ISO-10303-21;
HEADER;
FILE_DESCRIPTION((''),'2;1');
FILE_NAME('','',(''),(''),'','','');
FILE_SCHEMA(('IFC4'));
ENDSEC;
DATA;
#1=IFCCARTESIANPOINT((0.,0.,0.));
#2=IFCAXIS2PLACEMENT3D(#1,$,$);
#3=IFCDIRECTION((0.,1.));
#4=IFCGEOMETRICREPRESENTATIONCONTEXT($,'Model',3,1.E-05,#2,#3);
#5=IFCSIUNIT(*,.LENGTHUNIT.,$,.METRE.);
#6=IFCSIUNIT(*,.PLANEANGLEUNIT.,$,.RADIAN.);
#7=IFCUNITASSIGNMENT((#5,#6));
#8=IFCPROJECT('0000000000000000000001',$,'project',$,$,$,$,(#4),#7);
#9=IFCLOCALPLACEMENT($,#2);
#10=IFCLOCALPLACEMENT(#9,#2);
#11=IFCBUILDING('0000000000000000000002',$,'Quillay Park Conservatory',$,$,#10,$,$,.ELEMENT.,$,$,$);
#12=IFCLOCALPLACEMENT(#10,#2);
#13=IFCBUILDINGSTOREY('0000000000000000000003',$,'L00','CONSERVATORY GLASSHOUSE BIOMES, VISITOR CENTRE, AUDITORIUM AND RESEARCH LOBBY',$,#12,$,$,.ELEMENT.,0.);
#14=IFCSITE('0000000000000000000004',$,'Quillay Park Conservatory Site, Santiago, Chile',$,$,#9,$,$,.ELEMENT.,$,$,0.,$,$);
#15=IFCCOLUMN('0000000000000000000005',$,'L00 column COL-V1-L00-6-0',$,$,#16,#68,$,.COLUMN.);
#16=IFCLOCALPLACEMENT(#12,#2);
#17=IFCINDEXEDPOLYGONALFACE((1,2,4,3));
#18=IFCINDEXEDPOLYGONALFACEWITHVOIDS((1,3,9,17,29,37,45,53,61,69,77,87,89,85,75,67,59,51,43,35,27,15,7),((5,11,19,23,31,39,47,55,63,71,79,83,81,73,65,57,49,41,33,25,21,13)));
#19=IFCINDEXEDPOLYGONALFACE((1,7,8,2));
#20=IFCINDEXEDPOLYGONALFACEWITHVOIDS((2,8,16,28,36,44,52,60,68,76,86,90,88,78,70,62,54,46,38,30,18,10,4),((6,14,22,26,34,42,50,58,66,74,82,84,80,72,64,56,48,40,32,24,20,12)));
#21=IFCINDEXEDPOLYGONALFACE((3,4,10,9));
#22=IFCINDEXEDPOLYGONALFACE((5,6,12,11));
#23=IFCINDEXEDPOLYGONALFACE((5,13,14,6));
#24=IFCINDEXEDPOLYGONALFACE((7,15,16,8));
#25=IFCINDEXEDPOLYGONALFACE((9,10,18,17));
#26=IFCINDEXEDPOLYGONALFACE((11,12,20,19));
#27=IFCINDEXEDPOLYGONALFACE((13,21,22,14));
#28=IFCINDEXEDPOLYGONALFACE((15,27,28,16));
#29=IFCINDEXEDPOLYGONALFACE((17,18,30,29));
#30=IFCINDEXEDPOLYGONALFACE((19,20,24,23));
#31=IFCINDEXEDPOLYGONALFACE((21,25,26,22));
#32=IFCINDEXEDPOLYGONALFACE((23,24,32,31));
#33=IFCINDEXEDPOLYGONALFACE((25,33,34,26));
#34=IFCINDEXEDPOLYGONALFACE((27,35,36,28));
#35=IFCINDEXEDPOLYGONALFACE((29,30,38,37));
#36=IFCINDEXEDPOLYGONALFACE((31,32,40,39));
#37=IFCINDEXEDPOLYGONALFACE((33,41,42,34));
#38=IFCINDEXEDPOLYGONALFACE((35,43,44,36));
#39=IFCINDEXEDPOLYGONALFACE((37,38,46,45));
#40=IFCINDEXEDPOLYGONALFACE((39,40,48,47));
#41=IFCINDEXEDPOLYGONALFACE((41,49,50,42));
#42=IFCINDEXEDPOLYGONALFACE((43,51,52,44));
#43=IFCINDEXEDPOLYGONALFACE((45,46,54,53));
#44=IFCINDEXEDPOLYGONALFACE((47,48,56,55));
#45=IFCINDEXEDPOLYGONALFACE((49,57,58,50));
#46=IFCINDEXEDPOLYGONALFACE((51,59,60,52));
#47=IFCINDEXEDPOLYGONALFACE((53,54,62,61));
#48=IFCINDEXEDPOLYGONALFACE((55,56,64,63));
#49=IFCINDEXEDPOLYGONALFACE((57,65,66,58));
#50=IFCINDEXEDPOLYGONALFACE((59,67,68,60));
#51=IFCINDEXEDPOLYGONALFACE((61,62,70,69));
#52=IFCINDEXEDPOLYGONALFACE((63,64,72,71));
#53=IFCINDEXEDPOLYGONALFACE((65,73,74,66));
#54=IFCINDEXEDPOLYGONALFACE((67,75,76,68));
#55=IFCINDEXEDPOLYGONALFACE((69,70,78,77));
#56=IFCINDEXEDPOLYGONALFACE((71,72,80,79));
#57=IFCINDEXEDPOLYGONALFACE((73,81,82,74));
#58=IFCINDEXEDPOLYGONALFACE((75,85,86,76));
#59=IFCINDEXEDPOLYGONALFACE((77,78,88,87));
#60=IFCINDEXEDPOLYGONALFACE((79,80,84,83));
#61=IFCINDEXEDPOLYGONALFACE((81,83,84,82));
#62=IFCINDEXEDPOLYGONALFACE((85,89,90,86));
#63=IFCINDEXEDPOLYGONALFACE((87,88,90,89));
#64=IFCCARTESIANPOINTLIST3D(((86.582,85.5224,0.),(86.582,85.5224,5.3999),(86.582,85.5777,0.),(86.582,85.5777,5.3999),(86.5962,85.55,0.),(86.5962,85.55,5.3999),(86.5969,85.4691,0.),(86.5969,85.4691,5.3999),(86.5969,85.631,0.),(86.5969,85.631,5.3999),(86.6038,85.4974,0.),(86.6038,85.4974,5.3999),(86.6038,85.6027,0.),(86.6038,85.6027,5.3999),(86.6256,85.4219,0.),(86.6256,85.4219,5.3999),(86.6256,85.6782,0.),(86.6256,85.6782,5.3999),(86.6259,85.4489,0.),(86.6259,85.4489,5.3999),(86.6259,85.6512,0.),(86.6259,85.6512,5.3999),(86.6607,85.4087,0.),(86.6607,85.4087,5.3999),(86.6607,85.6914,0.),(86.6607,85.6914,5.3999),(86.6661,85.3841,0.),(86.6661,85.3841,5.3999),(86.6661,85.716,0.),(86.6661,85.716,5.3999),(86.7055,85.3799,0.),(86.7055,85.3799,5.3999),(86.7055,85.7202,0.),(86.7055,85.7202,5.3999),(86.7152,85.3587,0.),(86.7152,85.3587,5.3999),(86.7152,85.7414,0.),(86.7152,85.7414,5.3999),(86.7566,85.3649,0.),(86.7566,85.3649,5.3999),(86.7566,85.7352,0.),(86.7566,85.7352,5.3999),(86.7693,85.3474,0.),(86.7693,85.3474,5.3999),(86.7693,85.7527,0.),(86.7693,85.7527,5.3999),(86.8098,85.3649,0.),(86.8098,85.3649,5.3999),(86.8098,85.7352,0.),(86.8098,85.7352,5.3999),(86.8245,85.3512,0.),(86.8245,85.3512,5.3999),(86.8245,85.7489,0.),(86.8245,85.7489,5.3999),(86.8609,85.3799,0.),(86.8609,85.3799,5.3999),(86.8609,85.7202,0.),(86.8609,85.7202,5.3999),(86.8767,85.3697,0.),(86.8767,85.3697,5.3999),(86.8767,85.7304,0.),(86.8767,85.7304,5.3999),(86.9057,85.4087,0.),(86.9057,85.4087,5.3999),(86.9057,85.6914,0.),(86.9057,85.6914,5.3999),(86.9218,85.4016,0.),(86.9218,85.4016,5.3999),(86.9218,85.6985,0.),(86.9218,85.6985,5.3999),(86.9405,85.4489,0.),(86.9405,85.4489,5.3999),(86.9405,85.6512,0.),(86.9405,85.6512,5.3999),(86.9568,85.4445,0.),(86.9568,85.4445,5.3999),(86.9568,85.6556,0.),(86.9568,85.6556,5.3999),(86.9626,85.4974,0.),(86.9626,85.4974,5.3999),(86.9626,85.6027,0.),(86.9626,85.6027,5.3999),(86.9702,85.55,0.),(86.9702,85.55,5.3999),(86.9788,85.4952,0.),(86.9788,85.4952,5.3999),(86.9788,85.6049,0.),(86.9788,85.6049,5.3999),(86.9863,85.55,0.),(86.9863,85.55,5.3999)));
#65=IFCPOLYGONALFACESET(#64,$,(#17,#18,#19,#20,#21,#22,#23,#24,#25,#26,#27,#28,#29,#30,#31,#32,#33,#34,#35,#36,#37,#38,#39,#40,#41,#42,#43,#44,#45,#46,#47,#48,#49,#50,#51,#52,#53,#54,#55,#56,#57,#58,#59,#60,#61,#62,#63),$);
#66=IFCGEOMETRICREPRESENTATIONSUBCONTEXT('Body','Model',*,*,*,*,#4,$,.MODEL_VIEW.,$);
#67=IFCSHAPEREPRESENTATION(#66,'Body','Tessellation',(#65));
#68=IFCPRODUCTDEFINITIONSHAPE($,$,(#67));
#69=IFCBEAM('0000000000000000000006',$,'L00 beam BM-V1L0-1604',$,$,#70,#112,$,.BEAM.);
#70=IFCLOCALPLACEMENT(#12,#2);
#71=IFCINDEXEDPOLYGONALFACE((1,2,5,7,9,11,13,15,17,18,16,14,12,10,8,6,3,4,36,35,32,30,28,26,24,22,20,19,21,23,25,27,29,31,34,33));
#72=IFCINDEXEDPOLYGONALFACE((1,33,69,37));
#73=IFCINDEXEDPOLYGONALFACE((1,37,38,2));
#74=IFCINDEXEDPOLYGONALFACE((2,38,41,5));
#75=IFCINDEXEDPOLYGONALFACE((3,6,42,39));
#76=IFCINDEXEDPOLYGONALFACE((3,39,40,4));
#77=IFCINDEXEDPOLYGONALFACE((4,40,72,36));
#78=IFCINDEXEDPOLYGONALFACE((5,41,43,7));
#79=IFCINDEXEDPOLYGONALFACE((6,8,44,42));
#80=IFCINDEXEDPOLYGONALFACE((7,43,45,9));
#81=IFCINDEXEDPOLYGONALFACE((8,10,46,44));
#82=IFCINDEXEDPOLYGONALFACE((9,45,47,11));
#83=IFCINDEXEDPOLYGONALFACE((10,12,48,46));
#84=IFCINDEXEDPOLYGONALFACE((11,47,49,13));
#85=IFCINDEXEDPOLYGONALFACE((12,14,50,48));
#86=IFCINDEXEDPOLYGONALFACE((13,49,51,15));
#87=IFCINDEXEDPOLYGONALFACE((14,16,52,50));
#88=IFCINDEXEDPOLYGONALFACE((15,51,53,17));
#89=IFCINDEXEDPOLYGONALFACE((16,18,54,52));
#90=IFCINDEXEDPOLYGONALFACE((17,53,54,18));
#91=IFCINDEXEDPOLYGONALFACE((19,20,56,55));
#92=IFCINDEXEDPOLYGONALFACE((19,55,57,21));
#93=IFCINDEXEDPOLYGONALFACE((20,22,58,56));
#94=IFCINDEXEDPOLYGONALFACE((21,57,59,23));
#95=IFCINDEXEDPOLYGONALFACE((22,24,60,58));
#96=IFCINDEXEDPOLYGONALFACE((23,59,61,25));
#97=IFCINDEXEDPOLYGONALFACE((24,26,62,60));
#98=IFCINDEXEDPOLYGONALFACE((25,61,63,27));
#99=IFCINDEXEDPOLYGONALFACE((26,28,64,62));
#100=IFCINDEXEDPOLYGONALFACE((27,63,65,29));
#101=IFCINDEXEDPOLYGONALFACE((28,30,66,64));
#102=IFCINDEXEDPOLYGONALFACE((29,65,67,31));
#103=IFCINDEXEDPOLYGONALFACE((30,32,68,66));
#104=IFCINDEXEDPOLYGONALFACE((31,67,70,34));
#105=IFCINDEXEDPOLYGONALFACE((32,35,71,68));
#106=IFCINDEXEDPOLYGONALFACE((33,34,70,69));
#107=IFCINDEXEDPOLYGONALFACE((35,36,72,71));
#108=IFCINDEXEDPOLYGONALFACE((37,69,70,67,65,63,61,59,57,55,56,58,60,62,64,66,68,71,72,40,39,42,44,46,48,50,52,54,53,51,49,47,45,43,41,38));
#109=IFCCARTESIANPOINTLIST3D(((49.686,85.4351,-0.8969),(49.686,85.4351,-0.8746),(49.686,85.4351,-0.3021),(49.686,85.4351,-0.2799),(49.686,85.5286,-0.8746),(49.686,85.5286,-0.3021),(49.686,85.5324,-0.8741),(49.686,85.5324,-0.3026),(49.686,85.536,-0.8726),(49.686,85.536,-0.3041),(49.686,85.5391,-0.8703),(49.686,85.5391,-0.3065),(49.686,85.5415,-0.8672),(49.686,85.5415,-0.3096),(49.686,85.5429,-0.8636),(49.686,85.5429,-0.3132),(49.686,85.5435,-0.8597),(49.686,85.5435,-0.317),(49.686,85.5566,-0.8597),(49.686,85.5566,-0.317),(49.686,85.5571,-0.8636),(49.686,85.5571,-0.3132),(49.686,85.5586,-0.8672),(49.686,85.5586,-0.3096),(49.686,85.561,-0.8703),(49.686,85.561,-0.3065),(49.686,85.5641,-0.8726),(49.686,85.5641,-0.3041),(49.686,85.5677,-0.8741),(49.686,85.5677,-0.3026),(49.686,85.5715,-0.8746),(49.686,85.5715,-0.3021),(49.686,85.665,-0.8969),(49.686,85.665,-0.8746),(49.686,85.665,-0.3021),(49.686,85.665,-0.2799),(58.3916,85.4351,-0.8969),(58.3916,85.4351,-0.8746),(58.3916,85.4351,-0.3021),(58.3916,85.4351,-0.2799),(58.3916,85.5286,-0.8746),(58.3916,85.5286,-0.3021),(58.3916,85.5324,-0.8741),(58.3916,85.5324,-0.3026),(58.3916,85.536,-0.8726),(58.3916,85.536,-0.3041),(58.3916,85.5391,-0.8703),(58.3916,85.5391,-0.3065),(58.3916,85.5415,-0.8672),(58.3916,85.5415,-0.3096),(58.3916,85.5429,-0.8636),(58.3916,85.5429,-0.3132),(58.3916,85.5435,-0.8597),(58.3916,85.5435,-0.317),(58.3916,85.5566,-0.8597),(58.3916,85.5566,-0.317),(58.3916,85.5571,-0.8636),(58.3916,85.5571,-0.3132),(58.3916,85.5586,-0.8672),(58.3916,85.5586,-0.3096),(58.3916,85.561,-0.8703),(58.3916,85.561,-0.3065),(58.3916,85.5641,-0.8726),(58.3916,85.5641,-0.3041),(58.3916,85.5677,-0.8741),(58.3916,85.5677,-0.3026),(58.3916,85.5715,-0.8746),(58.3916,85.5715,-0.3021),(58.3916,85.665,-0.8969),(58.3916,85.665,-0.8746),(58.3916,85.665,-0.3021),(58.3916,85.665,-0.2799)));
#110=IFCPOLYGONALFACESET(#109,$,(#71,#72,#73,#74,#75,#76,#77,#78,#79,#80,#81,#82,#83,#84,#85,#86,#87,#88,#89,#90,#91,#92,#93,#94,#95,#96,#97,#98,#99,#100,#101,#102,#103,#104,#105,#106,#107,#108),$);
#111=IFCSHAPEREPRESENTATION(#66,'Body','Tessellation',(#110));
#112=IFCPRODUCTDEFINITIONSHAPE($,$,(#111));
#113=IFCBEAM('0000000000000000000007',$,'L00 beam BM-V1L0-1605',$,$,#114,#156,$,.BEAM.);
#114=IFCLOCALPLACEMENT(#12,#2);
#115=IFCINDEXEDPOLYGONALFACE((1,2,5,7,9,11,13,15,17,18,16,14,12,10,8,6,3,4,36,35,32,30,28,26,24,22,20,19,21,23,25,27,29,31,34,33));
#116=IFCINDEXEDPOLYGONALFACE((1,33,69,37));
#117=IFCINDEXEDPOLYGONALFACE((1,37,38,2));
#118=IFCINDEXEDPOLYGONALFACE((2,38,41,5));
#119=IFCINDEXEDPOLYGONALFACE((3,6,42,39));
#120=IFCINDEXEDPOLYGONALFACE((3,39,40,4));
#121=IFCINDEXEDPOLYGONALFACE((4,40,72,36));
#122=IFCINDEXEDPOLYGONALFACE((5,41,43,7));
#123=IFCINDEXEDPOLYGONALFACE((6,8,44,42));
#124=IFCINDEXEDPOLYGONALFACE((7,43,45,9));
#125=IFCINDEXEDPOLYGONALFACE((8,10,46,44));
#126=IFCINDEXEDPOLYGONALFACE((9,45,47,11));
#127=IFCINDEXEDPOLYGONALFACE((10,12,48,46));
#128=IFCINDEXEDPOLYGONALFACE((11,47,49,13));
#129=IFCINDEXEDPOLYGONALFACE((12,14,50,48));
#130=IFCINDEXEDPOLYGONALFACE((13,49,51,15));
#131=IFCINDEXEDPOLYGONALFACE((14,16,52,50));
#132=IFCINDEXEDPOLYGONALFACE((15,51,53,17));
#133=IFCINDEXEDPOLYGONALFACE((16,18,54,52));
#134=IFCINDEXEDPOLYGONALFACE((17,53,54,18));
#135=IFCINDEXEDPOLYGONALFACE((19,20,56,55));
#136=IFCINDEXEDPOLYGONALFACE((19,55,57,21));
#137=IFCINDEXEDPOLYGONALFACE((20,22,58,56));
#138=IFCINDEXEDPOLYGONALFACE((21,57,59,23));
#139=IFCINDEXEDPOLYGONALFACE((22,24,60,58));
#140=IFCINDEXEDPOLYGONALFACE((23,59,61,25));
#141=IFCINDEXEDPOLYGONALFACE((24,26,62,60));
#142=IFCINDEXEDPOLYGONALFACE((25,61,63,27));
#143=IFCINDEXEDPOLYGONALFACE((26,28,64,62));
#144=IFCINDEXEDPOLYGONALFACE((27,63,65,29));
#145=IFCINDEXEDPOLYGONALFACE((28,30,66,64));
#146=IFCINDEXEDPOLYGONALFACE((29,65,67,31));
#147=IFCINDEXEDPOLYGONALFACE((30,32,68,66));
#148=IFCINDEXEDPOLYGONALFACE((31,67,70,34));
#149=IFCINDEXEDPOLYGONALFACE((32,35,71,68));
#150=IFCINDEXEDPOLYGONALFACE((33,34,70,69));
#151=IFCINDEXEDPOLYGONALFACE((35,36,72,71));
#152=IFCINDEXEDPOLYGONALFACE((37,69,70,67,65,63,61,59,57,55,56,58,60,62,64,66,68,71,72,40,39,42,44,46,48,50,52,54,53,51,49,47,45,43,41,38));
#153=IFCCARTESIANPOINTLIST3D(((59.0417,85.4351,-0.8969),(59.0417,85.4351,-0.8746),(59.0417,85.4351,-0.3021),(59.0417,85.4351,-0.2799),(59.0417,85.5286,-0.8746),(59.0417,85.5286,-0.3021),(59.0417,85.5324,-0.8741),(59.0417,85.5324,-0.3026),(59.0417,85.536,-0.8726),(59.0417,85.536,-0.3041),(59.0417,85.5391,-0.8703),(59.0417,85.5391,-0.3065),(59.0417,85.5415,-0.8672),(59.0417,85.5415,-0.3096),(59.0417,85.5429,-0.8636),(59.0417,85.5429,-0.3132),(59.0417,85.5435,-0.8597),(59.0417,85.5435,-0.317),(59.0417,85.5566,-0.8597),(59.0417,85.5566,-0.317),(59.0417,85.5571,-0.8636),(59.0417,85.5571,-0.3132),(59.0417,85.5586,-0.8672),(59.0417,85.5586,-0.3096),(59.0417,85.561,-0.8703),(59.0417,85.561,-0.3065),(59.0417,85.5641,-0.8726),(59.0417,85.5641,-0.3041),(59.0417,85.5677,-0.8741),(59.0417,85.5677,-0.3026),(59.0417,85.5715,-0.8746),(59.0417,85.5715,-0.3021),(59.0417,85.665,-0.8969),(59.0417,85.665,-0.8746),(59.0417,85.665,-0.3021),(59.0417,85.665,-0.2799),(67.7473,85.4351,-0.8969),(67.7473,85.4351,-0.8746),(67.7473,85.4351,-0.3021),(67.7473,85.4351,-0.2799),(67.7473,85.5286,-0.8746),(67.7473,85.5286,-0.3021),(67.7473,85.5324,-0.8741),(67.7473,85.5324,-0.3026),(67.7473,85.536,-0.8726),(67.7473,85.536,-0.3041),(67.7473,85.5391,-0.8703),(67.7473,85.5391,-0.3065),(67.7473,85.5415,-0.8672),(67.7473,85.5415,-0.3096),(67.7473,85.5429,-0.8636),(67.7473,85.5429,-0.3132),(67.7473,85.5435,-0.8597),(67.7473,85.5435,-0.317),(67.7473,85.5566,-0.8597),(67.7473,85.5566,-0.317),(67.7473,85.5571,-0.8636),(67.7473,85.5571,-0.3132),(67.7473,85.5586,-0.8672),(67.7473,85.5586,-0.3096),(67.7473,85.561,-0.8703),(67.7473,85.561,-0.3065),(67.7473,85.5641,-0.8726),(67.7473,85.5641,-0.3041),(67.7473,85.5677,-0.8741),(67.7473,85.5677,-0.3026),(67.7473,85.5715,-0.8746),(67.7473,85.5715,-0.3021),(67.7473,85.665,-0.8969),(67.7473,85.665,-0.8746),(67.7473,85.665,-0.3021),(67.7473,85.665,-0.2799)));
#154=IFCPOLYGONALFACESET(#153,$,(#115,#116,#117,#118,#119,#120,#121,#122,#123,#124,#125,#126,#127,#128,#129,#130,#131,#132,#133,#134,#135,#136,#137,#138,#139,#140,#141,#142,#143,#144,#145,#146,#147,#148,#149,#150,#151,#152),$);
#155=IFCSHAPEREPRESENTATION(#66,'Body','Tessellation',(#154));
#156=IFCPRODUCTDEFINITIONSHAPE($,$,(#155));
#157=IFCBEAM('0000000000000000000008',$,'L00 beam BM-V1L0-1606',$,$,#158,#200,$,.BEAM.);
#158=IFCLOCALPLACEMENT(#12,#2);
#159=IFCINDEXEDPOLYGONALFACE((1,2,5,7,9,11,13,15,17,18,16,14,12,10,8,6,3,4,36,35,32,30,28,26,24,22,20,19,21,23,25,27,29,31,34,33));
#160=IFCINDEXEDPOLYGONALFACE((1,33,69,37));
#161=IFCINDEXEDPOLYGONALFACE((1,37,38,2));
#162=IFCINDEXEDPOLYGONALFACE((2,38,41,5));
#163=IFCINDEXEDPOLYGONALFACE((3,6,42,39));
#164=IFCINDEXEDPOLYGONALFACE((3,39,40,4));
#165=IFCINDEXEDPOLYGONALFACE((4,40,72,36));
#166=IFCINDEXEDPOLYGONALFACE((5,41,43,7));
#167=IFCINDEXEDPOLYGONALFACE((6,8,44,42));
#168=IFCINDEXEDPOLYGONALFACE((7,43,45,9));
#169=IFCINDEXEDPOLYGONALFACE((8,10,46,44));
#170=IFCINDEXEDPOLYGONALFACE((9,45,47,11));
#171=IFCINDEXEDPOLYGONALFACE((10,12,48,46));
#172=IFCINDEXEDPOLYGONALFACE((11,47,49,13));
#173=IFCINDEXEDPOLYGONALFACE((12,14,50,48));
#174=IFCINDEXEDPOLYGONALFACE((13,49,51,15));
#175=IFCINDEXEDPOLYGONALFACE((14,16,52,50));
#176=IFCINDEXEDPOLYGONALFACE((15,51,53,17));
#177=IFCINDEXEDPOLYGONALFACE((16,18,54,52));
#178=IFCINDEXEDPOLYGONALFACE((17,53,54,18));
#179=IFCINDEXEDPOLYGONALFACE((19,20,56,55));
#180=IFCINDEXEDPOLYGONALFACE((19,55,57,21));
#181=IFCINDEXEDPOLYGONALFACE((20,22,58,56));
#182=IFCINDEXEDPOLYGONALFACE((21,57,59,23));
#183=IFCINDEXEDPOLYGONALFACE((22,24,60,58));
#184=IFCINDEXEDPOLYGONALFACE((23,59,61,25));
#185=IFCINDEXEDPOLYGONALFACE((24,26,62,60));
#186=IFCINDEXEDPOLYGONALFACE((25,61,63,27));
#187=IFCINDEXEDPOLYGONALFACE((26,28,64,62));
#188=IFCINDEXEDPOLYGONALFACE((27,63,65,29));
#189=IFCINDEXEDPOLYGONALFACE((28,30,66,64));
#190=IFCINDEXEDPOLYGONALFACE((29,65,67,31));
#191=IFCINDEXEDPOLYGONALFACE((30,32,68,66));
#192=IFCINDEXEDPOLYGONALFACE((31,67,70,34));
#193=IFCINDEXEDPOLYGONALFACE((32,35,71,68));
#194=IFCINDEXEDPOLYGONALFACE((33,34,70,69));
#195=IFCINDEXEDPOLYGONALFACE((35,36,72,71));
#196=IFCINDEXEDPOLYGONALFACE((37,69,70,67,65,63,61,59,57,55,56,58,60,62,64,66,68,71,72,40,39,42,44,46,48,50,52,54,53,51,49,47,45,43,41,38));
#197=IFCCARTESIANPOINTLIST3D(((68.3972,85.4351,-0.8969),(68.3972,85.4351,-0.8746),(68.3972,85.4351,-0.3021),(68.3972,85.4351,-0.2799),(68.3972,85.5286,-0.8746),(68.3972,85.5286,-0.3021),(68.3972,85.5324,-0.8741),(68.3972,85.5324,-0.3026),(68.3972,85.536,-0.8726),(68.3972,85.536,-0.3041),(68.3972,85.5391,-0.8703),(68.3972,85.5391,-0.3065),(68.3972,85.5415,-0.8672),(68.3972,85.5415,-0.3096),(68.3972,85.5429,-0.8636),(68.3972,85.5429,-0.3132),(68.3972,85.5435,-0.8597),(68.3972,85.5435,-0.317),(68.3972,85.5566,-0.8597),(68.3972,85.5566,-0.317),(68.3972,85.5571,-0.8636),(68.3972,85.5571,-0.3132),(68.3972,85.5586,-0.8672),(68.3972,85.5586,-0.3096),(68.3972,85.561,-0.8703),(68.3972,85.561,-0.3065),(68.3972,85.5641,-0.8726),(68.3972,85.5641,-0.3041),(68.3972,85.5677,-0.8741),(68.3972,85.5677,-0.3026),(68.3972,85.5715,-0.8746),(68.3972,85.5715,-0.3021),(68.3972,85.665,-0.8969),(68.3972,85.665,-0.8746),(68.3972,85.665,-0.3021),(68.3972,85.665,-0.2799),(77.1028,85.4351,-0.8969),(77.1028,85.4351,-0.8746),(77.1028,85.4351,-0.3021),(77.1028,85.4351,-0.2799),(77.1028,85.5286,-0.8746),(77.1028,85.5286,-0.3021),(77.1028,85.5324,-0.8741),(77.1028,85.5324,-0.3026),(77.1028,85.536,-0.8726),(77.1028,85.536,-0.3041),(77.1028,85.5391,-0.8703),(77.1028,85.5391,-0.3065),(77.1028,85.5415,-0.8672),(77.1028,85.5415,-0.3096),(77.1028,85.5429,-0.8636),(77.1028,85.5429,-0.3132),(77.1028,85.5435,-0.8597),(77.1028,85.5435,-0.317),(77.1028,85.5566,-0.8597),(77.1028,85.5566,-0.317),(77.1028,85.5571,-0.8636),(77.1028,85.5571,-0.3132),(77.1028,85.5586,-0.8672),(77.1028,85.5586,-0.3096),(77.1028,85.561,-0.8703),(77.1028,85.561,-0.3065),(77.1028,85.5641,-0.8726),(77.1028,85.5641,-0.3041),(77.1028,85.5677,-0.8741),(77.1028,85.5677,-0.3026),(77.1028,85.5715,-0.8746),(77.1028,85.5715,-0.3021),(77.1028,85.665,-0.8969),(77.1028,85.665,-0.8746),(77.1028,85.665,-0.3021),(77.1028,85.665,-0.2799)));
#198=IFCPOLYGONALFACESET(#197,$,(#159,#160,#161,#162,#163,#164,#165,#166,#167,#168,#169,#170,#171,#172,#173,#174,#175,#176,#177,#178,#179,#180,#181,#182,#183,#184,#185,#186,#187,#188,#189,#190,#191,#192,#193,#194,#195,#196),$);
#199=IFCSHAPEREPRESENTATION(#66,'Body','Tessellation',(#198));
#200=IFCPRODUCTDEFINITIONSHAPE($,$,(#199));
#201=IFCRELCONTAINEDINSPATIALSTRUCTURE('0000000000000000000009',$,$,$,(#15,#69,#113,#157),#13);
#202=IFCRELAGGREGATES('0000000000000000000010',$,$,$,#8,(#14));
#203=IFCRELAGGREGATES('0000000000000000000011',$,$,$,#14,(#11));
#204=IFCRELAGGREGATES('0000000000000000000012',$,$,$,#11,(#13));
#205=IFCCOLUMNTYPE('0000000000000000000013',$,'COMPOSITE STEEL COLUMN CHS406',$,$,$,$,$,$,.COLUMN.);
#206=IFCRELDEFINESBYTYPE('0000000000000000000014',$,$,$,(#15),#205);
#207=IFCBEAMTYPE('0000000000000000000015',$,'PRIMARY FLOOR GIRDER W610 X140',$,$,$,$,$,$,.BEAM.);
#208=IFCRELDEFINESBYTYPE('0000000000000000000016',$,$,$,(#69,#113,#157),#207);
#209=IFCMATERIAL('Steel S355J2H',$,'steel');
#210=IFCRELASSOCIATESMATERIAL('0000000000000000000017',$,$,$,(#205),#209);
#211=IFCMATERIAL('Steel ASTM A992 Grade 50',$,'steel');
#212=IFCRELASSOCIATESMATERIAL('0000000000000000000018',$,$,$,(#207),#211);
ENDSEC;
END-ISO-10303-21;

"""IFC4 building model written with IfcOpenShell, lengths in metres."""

from ifc_helpers import new_model, si_unit, direction, frame, origin, origin_2d, place, context, subcontext, project, spatial, hollow_circle, i_section, extrude, material, material_profile, profile_set, type_object, element, save


model = new_model("IFC4")

# Units and contexts
model_context = context("Model", 3, precision=1e-05, world=origin(), true_north=direction((0.0, 1.0)))
body_context = subcontext(model_context, "Body", "Model", "MODEL_VIEW")
ifc_project = project(units=[si_unit("LENGTHUNIT", "METRE"), si_unit("PLANEANGLEUNIT", "RADIAN")], contexts=[model_context])

# Site, building, storey
site_placement = place(None, origin())
site = spatial("IfcSite", under=ifc_project, at=site_placement, Name="Quillay Park Conservatory Site, Santiago, Chile", CompositionType="ELEMENT", RefElevation=0.0)
building_placement = place(site_placement, origin())
building = spatial("IfcBuilding", under=site, at=building_placement, Name="Quillay Park Conservatory", CompositionType="ELEMENT")
storey_placement = place(building_placement, origin())
storey = spatial("IfcBuildingStorey", under=building, at=storey_placement, Name="L00", Description="CONSERVATORY GLASSHOUSE BIOMES, VISITOR CENTRE, AUDITORIUM AND RESEARCH LOBBY", CompositionType="ELEMENT", Elevation=0.0)

# Column
ifc_material_1 = material(Name="Steel S355J2H", Category="steel")
ifc_material_profile_1 = material_profile(ifc_material_1, hollow_circle(Radius=0.2031, WallThickness=0.0161, at=origin_2d()), Name="CHS406.4x16")
ifc_profile_set_1 = profile_set([ifc_material_profile_1], Name="Steel S355J2H")
column_type = type_object("IfcColumnType", Name="COMPOSITE STEEL COLUMN CHS406", PredefinedType="COLUMN", material=ifc_profile_set_1)
for number, where, z_axis, x_axis, name in (
    (1, (86.7832, 85.55, 0.0), (0.0, 0.0, 1.0), (1.0, 0.0, 0.0), "L00 column COL-V1-L00-6-0"),
):
    element("IfcColumn", number, at=place(storey_placement, frame(where, z_axis=z_axis, x_axis=x_axis)), inside=storey, type_object=column_type, Name=name, PredefinedType="COLUMN", context=body_context, shape_type="SweptSolid", body=[
        extrude(hollow_circle(Radius=0.2031, WallThickness=0.0161, at=origin_2d()), origin(), (0.0, 0.0, 1.0), 5.3999),
    ])

# Beams
ifc_material_2 = material(Name="Steel ASTM A992 Grade 50", Category="steel")
ifc_material_profile_2 = material_profile(ifc_material_2, i_section(OverallWidth=0.23, OverallDepth=0.6169, WebThickness=0.0132, FlangeThickness=0.0222, FilletRadius=0.0149, at=origin_2d()), Name="W610x140")
ifc_profile_set_2 = profile_set([ifc_material_profile_2], Name="Steel ASTM A992 Grade 50")
beam_type = type_object("IfcBeamType", Name="PRIMARY FLOOR GIRDER W610 X140", PredefinedType="BEAM", material=ifc_profile_set_2)
for number, where, z_axis, x_axis, name in (
    (2, (49.686, 85.55, -0.5884), (1.0, 0.0, 0.0), (0.0, 1.0, 0.0), "L00 beam BM-V1L0-1604"),
    (3, (59.0417, 85.55, -0.5884), (1.0, 0.0, 0.0), (0.0, 1.0, 0.0), "L00 beam BM-V1L0-1605"),
    (4, (68.3972, 85.55, -0.5884), (1.0, 0.0, 0.0), (0.0, 1.0, 0.0), "L00 beam BM-V1L0-1606"),
):
    element("IfcBeam", number, at=place(storey_placement, frame(where, z_axis=z_axis, x_axis=x_axis)), inside=storey, type_object=beam_type, Name=name, PredefinedType="BEAM", context=body_context, shape_type="SweptSolid", body=[
        extrude(i_section(OverallWidth=0.23, OverallDepth=0.6169, WebThickness=0.0132, FlangeThickness=0.0222, FilletRadius=0.0149, at=origin_2d()), origin(), (0.0, 0.0, 1.0), 8.7056),
    ])

save(model, "model.ifc")
